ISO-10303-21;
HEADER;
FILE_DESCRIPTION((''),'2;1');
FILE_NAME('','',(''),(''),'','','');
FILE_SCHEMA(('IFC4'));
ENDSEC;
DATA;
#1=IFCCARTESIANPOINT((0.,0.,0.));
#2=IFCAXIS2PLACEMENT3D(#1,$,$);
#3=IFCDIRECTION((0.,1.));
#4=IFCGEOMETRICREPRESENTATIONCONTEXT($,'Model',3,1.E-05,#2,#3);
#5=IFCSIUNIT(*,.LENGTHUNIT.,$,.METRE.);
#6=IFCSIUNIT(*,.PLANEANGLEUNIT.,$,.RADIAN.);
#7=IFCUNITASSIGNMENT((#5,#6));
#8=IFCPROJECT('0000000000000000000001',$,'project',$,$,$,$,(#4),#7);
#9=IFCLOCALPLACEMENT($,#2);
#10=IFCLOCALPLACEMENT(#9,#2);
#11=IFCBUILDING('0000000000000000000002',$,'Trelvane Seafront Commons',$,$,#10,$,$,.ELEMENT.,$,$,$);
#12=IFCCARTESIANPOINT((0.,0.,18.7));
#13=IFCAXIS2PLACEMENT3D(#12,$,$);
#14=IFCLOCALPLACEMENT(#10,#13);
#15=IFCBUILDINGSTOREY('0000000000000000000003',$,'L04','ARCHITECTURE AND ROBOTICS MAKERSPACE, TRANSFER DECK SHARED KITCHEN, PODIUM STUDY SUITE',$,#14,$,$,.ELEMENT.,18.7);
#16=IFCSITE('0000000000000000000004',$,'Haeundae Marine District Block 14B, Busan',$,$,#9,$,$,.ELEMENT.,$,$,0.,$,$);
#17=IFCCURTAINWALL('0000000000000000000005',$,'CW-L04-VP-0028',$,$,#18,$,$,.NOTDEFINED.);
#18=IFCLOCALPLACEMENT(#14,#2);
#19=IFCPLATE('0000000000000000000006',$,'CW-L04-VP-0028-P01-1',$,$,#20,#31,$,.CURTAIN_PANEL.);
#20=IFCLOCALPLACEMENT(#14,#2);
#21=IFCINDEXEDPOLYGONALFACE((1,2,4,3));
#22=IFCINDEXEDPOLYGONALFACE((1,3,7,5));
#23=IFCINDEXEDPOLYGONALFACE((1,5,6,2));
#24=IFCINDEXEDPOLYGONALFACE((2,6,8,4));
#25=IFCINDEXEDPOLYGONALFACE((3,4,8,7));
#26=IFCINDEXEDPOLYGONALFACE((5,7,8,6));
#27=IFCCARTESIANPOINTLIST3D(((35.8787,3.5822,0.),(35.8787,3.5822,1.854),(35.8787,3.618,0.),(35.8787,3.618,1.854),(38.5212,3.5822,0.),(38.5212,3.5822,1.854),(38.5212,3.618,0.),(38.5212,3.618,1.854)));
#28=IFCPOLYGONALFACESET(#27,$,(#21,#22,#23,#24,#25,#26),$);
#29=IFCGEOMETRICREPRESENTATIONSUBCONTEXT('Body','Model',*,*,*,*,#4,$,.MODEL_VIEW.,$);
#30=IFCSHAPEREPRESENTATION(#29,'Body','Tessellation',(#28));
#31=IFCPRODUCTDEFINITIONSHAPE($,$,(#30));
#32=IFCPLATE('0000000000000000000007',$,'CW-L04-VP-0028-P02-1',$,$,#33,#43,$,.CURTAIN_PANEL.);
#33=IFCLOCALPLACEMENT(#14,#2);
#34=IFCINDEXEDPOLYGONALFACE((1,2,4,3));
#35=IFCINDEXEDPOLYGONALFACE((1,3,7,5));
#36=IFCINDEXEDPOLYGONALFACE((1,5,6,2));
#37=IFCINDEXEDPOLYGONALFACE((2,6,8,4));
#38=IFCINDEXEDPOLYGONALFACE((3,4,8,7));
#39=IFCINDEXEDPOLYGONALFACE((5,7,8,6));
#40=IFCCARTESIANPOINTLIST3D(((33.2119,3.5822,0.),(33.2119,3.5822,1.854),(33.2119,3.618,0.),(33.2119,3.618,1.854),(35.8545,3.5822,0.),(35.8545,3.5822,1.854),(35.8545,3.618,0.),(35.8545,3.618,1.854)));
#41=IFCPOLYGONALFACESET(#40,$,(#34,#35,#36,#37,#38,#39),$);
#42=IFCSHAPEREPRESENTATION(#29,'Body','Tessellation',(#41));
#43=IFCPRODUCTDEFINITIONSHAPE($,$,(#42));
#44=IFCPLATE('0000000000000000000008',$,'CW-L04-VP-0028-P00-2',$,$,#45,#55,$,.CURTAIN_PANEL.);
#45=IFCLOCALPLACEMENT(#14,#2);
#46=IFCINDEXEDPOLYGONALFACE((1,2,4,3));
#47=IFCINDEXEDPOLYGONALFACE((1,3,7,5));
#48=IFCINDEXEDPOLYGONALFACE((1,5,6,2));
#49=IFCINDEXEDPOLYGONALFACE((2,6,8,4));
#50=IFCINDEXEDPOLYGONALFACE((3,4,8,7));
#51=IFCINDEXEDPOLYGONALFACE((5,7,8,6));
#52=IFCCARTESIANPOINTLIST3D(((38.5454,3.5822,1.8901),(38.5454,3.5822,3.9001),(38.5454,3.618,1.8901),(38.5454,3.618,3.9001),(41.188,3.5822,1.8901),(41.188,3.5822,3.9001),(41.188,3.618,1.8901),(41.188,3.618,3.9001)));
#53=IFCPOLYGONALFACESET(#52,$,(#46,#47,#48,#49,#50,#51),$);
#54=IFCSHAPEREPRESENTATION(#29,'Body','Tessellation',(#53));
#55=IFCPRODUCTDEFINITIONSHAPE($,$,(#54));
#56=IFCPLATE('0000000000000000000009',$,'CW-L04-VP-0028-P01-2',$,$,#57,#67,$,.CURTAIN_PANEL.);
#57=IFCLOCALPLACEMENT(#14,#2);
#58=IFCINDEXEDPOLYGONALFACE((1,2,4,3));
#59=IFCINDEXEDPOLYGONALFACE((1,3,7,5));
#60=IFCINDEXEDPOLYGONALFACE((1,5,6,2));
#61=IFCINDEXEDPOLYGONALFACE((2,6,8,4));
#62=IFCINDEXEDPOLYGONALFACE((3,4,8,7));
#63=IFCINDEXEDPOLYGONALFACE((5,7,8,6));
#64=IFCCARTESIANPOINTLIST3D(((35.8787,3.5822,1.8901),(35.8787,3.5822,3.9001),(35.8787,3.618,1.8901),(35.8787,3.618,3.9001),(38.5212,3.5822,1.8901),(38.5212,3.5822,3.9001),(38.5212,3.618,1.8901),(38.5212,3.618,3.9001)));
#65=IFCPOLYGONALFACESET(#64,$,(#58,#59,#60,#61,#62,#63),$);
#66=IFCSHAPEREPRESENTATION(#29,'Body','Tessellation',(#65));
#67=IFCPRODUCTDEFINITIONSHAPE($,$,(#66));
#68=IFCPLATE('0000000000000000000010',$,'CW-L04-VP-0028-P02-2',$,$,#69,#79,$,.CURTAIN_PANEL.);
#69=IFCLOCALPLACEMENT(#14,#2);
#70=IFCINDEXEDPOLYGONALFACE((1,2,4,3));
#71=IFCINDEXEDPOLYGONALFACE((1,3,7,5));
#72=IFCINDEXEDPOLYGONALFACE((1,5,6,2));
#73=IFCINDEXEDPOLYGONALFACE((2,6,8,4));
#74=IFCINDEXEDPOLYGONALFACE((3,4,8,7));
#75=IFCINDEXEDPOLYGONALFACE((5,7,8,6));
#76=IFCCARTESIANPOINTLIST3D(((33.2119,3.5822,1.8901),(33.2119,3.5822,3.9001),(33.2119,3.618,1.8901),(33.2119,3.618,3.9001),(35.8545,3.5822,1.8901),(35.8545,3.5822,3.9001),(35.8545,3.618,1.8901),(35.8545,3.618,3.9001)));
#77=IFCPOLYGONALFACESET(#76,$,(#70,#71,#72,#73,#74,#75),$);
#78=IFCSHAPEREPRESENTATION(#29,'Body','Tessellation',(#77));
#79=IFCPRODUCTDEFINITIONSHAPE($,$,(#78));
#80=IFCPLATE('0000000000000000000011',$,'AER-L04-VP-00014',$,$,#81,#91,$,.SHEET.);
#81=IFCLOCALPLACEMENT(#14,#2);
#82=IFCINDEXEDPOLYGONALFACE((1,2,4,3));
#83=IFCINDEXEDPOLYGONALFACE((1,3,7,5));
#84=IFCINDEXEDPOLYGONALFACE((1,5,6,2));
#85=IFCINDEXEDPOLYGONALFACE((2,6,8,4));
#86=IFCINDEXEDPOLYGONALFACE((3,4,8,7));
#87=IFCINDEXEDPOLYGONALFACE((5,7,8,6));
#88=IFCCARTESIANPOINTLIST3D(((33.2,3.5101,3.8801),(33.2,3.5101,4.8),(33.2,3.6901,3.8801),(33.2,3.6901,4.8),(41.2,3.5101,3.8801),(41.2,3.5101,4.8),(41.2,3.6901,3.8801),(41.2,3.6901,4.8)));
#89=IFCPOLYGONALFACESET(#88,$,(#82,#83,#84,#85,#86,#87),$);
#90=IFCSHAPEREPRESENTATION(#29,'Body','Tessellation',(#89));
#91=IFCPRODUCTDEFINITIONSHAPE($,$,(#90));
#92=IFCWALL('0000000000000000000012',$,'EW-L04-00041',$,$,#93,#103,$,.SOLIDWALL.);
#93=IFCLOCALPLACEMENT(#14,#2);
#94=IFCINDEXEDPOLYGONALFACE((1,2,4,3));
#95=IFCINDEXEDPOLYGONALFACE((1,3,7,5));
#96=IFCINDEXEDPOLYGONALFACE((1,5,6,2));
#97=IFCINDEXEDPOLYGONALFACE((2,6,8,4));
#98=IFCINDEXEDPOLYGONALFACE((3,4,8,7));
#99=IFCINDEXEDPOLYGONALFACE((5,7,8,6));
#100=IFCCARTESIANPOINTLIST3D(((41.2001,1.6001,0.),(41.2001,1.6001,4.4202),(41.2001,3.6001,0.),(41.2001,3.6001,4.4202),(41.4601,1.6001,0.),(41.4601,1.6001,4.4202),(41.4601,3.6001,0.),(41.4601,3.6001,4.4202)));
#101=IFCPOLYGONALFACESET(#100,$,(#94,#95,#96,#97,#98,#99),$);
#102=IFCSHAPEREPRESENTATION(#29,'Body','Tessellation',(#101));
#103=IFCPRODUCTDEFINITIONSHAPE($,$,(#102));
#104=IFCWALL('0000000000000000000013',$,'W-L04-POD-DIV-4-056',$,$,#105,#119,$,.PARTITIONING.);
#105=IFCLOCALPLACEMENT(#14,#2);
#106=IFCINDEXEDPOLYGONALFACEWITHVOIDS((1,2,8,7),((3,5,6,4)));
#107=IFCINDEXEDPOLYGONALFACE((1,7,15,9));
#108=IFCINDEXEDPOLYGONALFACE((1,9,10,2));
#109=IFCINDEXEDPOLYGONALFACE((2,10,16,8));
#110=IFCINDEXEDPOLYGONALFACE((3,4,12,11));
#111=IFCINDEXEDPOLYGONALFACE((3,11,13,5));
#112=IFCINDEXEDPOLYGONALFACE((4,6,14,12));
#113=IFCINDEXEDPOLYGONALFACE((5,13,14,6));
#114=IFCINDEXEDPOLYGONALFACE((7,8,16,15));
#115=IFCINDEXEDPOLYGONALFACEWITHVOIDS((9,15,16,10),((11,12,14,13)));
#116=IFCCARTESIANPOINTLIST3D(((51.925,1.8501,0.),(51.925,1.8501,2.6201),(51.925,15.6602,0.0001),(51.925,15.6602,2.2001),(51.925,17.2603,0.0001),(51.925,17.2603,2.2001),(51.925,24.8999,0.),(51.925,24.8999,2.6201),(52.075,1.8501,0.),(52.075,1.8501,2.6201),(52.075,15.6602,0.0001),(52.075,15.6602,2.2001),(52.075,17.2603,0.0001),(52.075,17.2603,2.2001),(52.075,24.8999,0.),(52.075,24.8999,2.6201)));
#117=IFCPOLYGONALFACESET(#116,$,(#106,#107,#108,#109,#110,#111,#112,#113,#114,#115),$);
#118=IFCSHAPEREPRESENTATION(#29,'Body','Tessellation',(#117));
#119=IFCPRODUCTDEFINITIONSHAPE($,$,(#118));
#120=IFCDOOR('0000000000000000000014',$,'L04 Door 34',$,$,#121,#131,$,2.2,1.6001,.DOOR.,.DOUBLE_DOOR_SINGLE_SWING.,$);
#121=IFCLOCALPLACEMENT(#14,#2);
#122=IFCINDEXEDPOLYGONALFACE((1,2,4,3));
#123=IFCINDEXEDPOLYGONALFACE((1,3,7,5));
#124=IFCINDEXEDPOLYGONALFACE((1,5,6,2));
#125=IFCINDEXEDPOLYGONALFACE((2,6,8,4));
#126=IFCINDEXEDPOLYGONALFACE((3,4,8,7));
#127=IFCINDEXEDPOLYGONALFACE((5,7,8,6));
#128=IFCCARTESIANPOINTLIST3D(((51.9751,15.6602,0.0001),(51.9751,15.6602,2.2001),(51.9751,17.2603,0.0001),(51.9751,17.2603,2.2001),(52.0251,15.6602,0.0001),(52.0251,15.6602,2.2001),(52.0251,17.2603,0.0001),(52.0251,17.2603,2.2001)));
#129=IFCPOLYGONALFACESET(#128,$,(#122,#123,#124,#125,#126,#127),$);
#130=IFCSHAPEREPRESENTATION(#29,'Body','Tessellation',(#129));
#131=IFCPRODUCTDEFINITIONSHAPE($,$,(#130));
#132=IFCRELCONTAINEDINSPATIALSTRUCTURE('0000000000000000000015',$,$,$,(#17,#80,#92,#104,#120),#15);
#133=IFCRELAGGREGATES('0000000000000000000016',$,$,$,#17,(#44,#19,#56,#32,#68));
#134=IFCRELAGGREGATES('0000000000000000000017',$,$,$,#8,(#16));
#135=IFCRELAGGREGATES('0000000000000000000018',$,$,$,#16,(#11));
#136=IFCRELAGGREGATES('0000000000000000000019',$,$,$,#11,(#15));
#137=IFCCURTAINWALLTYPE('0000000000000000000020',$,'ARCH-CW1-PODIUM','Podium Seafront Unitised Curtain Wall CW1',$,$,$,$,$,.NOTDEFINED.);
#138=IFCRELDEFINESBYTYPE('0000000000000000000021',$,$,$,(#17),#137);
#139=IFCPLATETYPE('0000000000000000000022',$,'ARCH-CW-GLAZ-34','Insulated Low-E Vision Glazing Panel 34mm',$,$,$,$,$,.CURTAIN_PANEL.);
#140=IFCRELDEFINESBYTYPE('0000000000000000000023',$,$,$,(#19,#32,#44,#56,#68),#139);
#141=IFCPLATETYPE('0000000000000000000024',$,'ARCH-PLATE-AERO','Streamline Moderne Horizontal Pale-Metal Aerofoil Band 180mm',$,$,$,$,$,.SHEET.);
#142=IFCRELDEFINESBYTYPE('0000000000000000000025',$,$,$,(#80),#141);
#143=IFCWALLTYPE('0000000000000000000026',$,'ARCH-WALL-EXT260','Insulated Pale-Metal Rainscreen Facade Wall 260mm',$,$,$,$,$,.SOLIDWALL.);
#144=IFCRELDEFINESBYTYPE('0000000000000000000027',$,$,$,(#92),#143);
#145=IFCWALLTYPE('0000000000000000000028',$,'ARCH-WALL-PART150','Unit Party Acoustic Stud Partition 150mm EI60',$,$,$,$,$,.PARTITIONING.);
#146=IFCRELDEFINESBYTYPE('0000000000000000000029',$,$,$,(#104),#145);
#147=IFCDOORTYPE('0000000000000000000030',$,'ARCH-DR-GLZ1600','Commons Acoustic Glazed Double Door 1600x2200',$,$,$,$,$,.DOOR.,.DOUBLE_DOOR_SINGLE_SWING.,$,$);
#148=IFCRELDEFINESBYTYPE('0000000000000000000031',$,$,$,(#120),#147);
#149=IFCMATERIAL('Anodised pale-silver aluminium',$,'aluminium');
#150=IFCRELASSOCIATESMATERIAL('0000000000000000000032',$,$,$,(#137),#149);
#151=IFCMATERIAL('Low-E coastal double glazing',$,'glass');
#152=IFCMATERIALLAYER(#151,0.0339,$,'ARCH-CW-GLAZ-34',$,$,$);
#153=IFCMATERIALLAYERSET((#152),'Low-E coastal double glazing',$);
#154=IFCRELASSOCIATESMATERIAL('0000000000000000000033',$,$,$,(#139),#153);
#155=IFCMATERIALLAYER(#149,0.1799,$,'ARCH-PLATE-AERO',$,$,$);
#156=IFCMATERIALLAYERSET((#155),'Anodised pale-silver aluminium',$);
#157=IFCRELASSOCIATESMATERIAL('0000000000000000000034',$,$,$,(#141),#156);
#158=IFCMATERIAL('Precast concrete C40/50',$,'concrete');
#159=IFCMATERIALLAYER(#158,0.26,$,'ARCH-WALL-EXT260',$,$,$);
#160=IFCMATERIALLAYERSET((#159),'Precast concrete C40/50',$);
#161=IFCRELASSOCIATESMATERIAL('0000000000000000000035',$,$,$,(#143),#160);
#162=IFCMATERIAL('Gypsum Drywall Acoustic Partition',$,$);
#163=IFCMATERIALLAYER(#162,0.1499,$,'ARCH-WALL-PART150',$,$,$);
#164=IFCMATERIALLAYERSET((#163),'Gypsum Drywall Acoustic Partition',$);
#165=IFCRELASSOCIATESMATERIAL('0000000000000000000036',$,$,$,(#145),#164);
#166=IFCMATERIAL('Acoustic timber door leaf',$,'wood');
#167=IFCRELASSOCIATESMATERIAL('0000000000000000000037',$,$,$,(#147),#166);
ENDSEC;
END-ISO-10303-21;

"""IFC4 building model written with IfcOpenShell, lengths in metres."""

from ifc_helpers import new_model, si_unit, direction, frame, frame_2d, origin, origin_2d, place, context, subcontext, project, spatial, rectangle, extrude, source, transform, mapped, material, layer, layer_set, type_object, element, fill, aggregate, save


model = new_model("IFC4")

# Units and contexts
model_context = context("Model", 3, precision=1e-05, world=origin(), true_north=direction((0.0, 1.0)))
body_context = subcontext(model_context, "Body", "Model", "MODEL_VIEW")
ifc_project = project(units=[si_unit("LENGTHUNIT", "METRE"), si_unit("PLANEANGLEUNIT", "RADIAN")], contexts=[model_context])

# Site, building, storey
site_placement = place(None, origin())
site = spatial("IfcSite", under=ifc_project, at=site_placement, Name="Haeundae Marine District Block 14B, Busan", CompositionType="ELEMENT", RefElevation=0.0)
building_placement = place(site_placement, origin())
building = spatial("IfcBuilding", under=site, at=building_placement, Name="Trelvane Seafront Commons", CompositionType="ELEMENT")
storey_placement = place(building_placement, frame((0.0, 0.0, 18.7)))
storey = spatial("IfcBuildingStorey", under=building, at=storey_placement, Name="L04", Description="ARCHITECTURE AND ROBOTICS MAKERSPACE, TRANSFER DECK SHARED KITCHEN, PODIUM STUDY SUITE", CompositionType="ELEMENT", Elevation=18.7)

# Curtain wall
ifc_material_1 = material(Name="Anodised pale-silver aluminium", Category="aluminium")
curtain_wall_type = type_object("IfcCurtainWallType", Name="ARCH-CW1-PODIUM", Description="Podium Seafront Unitised Curtain Wall CW1", PredefinedType="NOTDEFINED", material=ifc_material_1)
curtain_wall_placement = place(storey_placement, origin())
curtain_wall = element("IfcCurtainWall", 1, at=curtain_wall_placement, inside=storey, type_object=curtain_wall_type, Name="CW-L04-VP-0028", PredefinedType="NOTDEFINED")

# Plates
ifc_material_2 = material(Name="Low-E coastal double glazing", Category="glass")
ifc_layer_1 = layer(ifc_material_2, 0.0339, Name="ARCH-CW-GLAZ-34")
ifc_layer_set_1 = layer_set([ifc_layer_1], Name="Low-E coastal double glazing")
plate_type_1 = type_object("IfcPlateType", Name="ARCH-CW-GLAZ-34", Description="Insulated Low-E Vision Glazing Panel 34mm", PredefinedType="CURTAIN_PANEL", material=ifc_layer_set_1)
shared_shape_1 = source(origin(), body_context, "Body", "SweptSolid", [
    extrude(rectangle(XDim=2.6426, YDim=0.0359, at=origin_2d()), origin(), (0.0, 0.0, 1.0), 1.854),
])
plate_1_placement = place(storey_placement, frame((37.2, 3.6001, 0.0), z_axis=(0.0, 0.0, 1.0), x_axis=(-1.0, 0.0, 0.0)))
plate_1 = element("IfcPlate", 2, at=plate_1_placement, type_object=plate_type_1, Name="CW-L04-VP-0028-P01-1", PredefinedType="CURTAIN_PANEL", context=body_context, shape_type="MappedRepresentation", body=[
    mapped(shared_shape_1, transform((0.0, 0.0, 0.0), x_axis=(1.0, 0.0, 0.0), y_axis=(0.0, 1.0, 0.0), z_axis=(0.0, 0.0, 1.0), scale=1.0)),
])
plate_2_placement = place(storey_placement, frame((34.5332, 3.6001, 0.0), z_axis=(0.0, 0.0, 1.0), x_axis=(-1.0, 0.0, 0.0)))
plate_2 = element("IfcPlate", 3, at=plate_2_placement, type_object=plate_type_1, Name="CW-L04-VP-0028-P02-1", PredefinedType="CURTAIN_PANEL", context=body_context, shape_type="MappedRepresentation", body=[
    mapped(shared_shape_1, transform((0.0, 0.0, 0.0), x_axis=(1.0, 0.0, 0.0), y_axis=(0.0, 1.0, 0.0), z_axis=(0.0, 0.0, 1.0), scale=1.0)),
])
shared_shape_2 = source(origin(), body_context, "Body", "SweptSolid", [
    extrude(rectangle(XDim=2.6426, YDim=0.0359, at=origin_2d()), origin(), (0.0, 0.0, 1.0), 2.01),
])
plate_3_placement = place(storey_placement, frame((39.8667, 3.6001, 1.8901), z_axis=(0.0, 0.0, 1.0), x_axis=(-1.0, 0.0, 0.0)))
plate_3 = element("IfcPlate", 4, at=plate_3_placement, type_object=plate_type_1, Name="CW-L04-VP-0028-P00-2", PredefinedType="CURTAIN_PANEL", context=body_context, shape_type="MappedRepresentation", body=[
    mapped(shared_shape_2, transform((0.0, 0.0, 0.0), x_axis=(1.0, 0.0, 0.0), y_axis=(0.0, 1.0, 0.0), z_axis=(0.0, 0.0, 1.0), scale=1.0)),
])
plate_4_placement = place(storey_placement, frame((37.2, 3.6001, 1.8901), z_axis=(0.0, 0.0, 1.0), x_axis=(-1.0, 0.0, 0.0)))
plate_4 = element("IfcPlate", 5, at=plate_4_placement, type_object=plate_type_1, Name="CW-L04-VP-0028-P01-2", PredefinedType="CURTAIN_PANEL", context=body_context, shape_type="MappedRepresentation", body=[
    mapped(shared_shape_2, transform((0.0, 0.0, 0.0), x_axis=(1.0, 0.0, 0.0), y_axis=(0.0, 1.0, 0.0), z_axis=(0.0, 0.0, 1.0), scale=1.0)),
])
plate_5_placement = place(storey_placement, frame((34.5332, 3.6001, 1.8901), z_axis=(0.0, 0.0, 1.0), x_axis=(-1.0, 0.0, 0.0)))
plate_5 = element("IfcPlate", 6, at=plate_5_placement, type_object=plate_type_1, Name="CW-L04-VP-0028-P02-2", PredefinedType="CURTAIN_PANEL", context=body_context, shape_type="MappedRepresentation", body=[
    mapped(shared_shape_2, transform((0.0, 0.0, 0.0), x_axis=(1.0, 0.0, 0.0), y_axis=(0.0, 1.0, 0.0), z_axis=(0.0, 0.0, 1.0), scale=1.0)),
])
aggregate(curtain_wall, [plate_3, plate_1, plate_4, plate_2, plate_5])
ifc_layer_2 = layer(ifc_material_1, 0.1799, Name="ARCH-PLATE-AERO")
ifc_layer_set_2 = layer_set([ifc_layer_2], Name="Anodised pale-silver aluminium")
plate_type_2 = type_object("IfcPlateType", Name="ARCH-PLATE-AERO", Description="Streamline Moderne Horizontal Pale-Metal Aerofoil Band 180mm", PredefinedType="SHEET", material=ifc_layer_set_2)
shared_shape_3 = source(origin(), body_context, "Body", "SweptSolid", [
    extrude(rectangle(XDim=8.0, YDim=0.1799, at=origin_2d()), origin(), (0.0, 0.0, 1.0), 0.9199),
])
plate_6_placement = place(storey_placement, frame((37.2, 3.6001, 3.8801), z_axis=(0.0, 0.0, 1.0), x_axis=(-1.0, 0.0, 0.0)))
element("IfcPlate", 7, at=plate_6_placement, inside=storey, type_object=plate_type_2, Name="AER-L04-VP-00014", PredefinedType="SHEET", context=body_context, shape_type="MappedRepresentation", body=[
    mapped(shared_shape_3, transform((0.0, 0.0, 0.0), x_axis=(1.0, 0.0, 0.0), y_axis=(0.0, 1.0, 0.0), z_axis=(0.0, 0.0, 1.0), scale=1.0)),
])

# Wall
ifc_material_3 = material(Name="Precast concrete C40/50", Category="concrete")
ifc_layer_3 = layer(ifc_material_3, 0.26, Name="ARCH-WALL-EXT260")
ifc_layer_set_3 = layer_set([ifc_layer_3], Name="Precast concrete C40/50")
wall_type_1 = type_object("IfcWallType", Name="ARCH-WALL-EXT260", Description="Insulated Pale-Metal Rainscreen Facade Wall 260mm", PredefinedType="SOLIDWALL", material=ifc_layer_set_3)
wall_1_placement = place(storey_placement, frame((41.3301, 1.6001, 0.0), z_axis=(0.0, 0.0, 1.0), x_axis=(0.0, 1.0, 0.0)))
element("IfcWall", 8, at=wall_1_placement, inside=storey, type_object=wall_type_1, Name="EW-L04-00041", PredefinedType="SOLIDWALL", context=body_context, shape_type="SweptSolid", body=[
    extrude(rectangle(XDim=2.0, YDim=0.26, at=frame_2d((1.0, 0.0))), origin(), (0.0, 0.0, 1.0), 4.4202),
])

# Wall, opening, door
ifc_material_4 = material(Name="Gypsum Drywall Acoustic Partition")
ifc_layer_4 = layer(ifc_material_4, 0.1499, Name="ARCH-WALL-PART150")
ifc_layer_set_4 = layer_set([ifc_layer_4], Name="Gypsum Drywall Acoustic Partition")
wall_type_2 = type_object("IfcWallType", Name="ARCH-WALL-PART150", Description="Unit Party Acoustic Stud Partition 150mm EI60", PredefinedType="PARTITIONING", material=ifc_layer_set_4)
wall_2_placement = place(storey_placement, frame((52.0, 1.8501, 0.0), z_axis=(0.0, 0.0, 1.0), x_axis=(0.0, 1.0, 0.0)))
wall_2 = element("IfcWall", 9, at=wall_2_placement, inside=storey, type_object=wall_type_2, Name="W-L04-POD-DIV-4-056", PredefinedType="PARTITIONING", context=body_context, shape_type="SweptSolid", body=[
    extrude(rectangle(XDim=23.0498, YDim=0.1499, at=frame_2d((11.5249, 0.0))), origin(), (0.0, 0.0, 1.0), 2.6201),
])
opening_placement = place(wall_2_placement, frame((13.8101, 0.0, 0.0)))
opening = element("IfcOpeningElement", 10, at=opening_placement, cuts=wall_2, PredefinedType="OPENING", context=body_context, shape_type="SweptSolid", body=[
    extrude(rectangle(XDim=1.6001, YDim=2.2, at=frame_2d((0.8, 1.1001))), frame((0.0, 0.085, 0.0), z_axis=(0.0, -1.0, 0.0), x_axis=(1.0, 0.0, 0.0)), (0.0, 0.0, 1.0), 0.1699),
])
ifc_material_5 = material(Name="Acoustic timber door leaf", Category="wood")
door_type = type_object("IfcDoorType", Name="ARCH-DR-GLZ1600", Description="Commons Acoustic Glazed Double Door 1600x2200", OperationType="DOUBLE_DOOR_SINGLE_SWING", PredefinedType="DOOR", material=ifc_material_5)
shared_shape_4 = source(origin(), body_context, "Body", "SweptSolid", [
    extrude(rectangle(XDim=1.6001, YDim=2.2, at=frame_2d((0.8, 1.1001))), frame((0.0, 0.0249, 0.0), z_axis=(0.0, -1.0, 0.0), x_axis=(1.0, 0.0, 0.0)), (0.0, 0.0, 1.0), 0.05),
])
door_placement = place(opening_placement, origin())
door = element("IfcDoor", 11, at=door_placement, inside=storey, type_object=door_type, Name="L04 Door 34", OperationType="DOUBLE_DOOR_SINGLE_SWING", OverallHeight=2.2, OverallWidth=1.6001, PredefinedType="DOOR", context=body_context, shape_type="MappedRepresentation", body=[
    mapped(shared_shape_4, transform((0.0, 0.0, 0.0), x_axis=(1.0, 0.0, 0.0), y_axis=(0.0, 1.0, 0.0), z_axis=(0.0, 0.0, 1.0), scale=1.0)),
])
fill(opening, door)

save(model, "model.ifc")
